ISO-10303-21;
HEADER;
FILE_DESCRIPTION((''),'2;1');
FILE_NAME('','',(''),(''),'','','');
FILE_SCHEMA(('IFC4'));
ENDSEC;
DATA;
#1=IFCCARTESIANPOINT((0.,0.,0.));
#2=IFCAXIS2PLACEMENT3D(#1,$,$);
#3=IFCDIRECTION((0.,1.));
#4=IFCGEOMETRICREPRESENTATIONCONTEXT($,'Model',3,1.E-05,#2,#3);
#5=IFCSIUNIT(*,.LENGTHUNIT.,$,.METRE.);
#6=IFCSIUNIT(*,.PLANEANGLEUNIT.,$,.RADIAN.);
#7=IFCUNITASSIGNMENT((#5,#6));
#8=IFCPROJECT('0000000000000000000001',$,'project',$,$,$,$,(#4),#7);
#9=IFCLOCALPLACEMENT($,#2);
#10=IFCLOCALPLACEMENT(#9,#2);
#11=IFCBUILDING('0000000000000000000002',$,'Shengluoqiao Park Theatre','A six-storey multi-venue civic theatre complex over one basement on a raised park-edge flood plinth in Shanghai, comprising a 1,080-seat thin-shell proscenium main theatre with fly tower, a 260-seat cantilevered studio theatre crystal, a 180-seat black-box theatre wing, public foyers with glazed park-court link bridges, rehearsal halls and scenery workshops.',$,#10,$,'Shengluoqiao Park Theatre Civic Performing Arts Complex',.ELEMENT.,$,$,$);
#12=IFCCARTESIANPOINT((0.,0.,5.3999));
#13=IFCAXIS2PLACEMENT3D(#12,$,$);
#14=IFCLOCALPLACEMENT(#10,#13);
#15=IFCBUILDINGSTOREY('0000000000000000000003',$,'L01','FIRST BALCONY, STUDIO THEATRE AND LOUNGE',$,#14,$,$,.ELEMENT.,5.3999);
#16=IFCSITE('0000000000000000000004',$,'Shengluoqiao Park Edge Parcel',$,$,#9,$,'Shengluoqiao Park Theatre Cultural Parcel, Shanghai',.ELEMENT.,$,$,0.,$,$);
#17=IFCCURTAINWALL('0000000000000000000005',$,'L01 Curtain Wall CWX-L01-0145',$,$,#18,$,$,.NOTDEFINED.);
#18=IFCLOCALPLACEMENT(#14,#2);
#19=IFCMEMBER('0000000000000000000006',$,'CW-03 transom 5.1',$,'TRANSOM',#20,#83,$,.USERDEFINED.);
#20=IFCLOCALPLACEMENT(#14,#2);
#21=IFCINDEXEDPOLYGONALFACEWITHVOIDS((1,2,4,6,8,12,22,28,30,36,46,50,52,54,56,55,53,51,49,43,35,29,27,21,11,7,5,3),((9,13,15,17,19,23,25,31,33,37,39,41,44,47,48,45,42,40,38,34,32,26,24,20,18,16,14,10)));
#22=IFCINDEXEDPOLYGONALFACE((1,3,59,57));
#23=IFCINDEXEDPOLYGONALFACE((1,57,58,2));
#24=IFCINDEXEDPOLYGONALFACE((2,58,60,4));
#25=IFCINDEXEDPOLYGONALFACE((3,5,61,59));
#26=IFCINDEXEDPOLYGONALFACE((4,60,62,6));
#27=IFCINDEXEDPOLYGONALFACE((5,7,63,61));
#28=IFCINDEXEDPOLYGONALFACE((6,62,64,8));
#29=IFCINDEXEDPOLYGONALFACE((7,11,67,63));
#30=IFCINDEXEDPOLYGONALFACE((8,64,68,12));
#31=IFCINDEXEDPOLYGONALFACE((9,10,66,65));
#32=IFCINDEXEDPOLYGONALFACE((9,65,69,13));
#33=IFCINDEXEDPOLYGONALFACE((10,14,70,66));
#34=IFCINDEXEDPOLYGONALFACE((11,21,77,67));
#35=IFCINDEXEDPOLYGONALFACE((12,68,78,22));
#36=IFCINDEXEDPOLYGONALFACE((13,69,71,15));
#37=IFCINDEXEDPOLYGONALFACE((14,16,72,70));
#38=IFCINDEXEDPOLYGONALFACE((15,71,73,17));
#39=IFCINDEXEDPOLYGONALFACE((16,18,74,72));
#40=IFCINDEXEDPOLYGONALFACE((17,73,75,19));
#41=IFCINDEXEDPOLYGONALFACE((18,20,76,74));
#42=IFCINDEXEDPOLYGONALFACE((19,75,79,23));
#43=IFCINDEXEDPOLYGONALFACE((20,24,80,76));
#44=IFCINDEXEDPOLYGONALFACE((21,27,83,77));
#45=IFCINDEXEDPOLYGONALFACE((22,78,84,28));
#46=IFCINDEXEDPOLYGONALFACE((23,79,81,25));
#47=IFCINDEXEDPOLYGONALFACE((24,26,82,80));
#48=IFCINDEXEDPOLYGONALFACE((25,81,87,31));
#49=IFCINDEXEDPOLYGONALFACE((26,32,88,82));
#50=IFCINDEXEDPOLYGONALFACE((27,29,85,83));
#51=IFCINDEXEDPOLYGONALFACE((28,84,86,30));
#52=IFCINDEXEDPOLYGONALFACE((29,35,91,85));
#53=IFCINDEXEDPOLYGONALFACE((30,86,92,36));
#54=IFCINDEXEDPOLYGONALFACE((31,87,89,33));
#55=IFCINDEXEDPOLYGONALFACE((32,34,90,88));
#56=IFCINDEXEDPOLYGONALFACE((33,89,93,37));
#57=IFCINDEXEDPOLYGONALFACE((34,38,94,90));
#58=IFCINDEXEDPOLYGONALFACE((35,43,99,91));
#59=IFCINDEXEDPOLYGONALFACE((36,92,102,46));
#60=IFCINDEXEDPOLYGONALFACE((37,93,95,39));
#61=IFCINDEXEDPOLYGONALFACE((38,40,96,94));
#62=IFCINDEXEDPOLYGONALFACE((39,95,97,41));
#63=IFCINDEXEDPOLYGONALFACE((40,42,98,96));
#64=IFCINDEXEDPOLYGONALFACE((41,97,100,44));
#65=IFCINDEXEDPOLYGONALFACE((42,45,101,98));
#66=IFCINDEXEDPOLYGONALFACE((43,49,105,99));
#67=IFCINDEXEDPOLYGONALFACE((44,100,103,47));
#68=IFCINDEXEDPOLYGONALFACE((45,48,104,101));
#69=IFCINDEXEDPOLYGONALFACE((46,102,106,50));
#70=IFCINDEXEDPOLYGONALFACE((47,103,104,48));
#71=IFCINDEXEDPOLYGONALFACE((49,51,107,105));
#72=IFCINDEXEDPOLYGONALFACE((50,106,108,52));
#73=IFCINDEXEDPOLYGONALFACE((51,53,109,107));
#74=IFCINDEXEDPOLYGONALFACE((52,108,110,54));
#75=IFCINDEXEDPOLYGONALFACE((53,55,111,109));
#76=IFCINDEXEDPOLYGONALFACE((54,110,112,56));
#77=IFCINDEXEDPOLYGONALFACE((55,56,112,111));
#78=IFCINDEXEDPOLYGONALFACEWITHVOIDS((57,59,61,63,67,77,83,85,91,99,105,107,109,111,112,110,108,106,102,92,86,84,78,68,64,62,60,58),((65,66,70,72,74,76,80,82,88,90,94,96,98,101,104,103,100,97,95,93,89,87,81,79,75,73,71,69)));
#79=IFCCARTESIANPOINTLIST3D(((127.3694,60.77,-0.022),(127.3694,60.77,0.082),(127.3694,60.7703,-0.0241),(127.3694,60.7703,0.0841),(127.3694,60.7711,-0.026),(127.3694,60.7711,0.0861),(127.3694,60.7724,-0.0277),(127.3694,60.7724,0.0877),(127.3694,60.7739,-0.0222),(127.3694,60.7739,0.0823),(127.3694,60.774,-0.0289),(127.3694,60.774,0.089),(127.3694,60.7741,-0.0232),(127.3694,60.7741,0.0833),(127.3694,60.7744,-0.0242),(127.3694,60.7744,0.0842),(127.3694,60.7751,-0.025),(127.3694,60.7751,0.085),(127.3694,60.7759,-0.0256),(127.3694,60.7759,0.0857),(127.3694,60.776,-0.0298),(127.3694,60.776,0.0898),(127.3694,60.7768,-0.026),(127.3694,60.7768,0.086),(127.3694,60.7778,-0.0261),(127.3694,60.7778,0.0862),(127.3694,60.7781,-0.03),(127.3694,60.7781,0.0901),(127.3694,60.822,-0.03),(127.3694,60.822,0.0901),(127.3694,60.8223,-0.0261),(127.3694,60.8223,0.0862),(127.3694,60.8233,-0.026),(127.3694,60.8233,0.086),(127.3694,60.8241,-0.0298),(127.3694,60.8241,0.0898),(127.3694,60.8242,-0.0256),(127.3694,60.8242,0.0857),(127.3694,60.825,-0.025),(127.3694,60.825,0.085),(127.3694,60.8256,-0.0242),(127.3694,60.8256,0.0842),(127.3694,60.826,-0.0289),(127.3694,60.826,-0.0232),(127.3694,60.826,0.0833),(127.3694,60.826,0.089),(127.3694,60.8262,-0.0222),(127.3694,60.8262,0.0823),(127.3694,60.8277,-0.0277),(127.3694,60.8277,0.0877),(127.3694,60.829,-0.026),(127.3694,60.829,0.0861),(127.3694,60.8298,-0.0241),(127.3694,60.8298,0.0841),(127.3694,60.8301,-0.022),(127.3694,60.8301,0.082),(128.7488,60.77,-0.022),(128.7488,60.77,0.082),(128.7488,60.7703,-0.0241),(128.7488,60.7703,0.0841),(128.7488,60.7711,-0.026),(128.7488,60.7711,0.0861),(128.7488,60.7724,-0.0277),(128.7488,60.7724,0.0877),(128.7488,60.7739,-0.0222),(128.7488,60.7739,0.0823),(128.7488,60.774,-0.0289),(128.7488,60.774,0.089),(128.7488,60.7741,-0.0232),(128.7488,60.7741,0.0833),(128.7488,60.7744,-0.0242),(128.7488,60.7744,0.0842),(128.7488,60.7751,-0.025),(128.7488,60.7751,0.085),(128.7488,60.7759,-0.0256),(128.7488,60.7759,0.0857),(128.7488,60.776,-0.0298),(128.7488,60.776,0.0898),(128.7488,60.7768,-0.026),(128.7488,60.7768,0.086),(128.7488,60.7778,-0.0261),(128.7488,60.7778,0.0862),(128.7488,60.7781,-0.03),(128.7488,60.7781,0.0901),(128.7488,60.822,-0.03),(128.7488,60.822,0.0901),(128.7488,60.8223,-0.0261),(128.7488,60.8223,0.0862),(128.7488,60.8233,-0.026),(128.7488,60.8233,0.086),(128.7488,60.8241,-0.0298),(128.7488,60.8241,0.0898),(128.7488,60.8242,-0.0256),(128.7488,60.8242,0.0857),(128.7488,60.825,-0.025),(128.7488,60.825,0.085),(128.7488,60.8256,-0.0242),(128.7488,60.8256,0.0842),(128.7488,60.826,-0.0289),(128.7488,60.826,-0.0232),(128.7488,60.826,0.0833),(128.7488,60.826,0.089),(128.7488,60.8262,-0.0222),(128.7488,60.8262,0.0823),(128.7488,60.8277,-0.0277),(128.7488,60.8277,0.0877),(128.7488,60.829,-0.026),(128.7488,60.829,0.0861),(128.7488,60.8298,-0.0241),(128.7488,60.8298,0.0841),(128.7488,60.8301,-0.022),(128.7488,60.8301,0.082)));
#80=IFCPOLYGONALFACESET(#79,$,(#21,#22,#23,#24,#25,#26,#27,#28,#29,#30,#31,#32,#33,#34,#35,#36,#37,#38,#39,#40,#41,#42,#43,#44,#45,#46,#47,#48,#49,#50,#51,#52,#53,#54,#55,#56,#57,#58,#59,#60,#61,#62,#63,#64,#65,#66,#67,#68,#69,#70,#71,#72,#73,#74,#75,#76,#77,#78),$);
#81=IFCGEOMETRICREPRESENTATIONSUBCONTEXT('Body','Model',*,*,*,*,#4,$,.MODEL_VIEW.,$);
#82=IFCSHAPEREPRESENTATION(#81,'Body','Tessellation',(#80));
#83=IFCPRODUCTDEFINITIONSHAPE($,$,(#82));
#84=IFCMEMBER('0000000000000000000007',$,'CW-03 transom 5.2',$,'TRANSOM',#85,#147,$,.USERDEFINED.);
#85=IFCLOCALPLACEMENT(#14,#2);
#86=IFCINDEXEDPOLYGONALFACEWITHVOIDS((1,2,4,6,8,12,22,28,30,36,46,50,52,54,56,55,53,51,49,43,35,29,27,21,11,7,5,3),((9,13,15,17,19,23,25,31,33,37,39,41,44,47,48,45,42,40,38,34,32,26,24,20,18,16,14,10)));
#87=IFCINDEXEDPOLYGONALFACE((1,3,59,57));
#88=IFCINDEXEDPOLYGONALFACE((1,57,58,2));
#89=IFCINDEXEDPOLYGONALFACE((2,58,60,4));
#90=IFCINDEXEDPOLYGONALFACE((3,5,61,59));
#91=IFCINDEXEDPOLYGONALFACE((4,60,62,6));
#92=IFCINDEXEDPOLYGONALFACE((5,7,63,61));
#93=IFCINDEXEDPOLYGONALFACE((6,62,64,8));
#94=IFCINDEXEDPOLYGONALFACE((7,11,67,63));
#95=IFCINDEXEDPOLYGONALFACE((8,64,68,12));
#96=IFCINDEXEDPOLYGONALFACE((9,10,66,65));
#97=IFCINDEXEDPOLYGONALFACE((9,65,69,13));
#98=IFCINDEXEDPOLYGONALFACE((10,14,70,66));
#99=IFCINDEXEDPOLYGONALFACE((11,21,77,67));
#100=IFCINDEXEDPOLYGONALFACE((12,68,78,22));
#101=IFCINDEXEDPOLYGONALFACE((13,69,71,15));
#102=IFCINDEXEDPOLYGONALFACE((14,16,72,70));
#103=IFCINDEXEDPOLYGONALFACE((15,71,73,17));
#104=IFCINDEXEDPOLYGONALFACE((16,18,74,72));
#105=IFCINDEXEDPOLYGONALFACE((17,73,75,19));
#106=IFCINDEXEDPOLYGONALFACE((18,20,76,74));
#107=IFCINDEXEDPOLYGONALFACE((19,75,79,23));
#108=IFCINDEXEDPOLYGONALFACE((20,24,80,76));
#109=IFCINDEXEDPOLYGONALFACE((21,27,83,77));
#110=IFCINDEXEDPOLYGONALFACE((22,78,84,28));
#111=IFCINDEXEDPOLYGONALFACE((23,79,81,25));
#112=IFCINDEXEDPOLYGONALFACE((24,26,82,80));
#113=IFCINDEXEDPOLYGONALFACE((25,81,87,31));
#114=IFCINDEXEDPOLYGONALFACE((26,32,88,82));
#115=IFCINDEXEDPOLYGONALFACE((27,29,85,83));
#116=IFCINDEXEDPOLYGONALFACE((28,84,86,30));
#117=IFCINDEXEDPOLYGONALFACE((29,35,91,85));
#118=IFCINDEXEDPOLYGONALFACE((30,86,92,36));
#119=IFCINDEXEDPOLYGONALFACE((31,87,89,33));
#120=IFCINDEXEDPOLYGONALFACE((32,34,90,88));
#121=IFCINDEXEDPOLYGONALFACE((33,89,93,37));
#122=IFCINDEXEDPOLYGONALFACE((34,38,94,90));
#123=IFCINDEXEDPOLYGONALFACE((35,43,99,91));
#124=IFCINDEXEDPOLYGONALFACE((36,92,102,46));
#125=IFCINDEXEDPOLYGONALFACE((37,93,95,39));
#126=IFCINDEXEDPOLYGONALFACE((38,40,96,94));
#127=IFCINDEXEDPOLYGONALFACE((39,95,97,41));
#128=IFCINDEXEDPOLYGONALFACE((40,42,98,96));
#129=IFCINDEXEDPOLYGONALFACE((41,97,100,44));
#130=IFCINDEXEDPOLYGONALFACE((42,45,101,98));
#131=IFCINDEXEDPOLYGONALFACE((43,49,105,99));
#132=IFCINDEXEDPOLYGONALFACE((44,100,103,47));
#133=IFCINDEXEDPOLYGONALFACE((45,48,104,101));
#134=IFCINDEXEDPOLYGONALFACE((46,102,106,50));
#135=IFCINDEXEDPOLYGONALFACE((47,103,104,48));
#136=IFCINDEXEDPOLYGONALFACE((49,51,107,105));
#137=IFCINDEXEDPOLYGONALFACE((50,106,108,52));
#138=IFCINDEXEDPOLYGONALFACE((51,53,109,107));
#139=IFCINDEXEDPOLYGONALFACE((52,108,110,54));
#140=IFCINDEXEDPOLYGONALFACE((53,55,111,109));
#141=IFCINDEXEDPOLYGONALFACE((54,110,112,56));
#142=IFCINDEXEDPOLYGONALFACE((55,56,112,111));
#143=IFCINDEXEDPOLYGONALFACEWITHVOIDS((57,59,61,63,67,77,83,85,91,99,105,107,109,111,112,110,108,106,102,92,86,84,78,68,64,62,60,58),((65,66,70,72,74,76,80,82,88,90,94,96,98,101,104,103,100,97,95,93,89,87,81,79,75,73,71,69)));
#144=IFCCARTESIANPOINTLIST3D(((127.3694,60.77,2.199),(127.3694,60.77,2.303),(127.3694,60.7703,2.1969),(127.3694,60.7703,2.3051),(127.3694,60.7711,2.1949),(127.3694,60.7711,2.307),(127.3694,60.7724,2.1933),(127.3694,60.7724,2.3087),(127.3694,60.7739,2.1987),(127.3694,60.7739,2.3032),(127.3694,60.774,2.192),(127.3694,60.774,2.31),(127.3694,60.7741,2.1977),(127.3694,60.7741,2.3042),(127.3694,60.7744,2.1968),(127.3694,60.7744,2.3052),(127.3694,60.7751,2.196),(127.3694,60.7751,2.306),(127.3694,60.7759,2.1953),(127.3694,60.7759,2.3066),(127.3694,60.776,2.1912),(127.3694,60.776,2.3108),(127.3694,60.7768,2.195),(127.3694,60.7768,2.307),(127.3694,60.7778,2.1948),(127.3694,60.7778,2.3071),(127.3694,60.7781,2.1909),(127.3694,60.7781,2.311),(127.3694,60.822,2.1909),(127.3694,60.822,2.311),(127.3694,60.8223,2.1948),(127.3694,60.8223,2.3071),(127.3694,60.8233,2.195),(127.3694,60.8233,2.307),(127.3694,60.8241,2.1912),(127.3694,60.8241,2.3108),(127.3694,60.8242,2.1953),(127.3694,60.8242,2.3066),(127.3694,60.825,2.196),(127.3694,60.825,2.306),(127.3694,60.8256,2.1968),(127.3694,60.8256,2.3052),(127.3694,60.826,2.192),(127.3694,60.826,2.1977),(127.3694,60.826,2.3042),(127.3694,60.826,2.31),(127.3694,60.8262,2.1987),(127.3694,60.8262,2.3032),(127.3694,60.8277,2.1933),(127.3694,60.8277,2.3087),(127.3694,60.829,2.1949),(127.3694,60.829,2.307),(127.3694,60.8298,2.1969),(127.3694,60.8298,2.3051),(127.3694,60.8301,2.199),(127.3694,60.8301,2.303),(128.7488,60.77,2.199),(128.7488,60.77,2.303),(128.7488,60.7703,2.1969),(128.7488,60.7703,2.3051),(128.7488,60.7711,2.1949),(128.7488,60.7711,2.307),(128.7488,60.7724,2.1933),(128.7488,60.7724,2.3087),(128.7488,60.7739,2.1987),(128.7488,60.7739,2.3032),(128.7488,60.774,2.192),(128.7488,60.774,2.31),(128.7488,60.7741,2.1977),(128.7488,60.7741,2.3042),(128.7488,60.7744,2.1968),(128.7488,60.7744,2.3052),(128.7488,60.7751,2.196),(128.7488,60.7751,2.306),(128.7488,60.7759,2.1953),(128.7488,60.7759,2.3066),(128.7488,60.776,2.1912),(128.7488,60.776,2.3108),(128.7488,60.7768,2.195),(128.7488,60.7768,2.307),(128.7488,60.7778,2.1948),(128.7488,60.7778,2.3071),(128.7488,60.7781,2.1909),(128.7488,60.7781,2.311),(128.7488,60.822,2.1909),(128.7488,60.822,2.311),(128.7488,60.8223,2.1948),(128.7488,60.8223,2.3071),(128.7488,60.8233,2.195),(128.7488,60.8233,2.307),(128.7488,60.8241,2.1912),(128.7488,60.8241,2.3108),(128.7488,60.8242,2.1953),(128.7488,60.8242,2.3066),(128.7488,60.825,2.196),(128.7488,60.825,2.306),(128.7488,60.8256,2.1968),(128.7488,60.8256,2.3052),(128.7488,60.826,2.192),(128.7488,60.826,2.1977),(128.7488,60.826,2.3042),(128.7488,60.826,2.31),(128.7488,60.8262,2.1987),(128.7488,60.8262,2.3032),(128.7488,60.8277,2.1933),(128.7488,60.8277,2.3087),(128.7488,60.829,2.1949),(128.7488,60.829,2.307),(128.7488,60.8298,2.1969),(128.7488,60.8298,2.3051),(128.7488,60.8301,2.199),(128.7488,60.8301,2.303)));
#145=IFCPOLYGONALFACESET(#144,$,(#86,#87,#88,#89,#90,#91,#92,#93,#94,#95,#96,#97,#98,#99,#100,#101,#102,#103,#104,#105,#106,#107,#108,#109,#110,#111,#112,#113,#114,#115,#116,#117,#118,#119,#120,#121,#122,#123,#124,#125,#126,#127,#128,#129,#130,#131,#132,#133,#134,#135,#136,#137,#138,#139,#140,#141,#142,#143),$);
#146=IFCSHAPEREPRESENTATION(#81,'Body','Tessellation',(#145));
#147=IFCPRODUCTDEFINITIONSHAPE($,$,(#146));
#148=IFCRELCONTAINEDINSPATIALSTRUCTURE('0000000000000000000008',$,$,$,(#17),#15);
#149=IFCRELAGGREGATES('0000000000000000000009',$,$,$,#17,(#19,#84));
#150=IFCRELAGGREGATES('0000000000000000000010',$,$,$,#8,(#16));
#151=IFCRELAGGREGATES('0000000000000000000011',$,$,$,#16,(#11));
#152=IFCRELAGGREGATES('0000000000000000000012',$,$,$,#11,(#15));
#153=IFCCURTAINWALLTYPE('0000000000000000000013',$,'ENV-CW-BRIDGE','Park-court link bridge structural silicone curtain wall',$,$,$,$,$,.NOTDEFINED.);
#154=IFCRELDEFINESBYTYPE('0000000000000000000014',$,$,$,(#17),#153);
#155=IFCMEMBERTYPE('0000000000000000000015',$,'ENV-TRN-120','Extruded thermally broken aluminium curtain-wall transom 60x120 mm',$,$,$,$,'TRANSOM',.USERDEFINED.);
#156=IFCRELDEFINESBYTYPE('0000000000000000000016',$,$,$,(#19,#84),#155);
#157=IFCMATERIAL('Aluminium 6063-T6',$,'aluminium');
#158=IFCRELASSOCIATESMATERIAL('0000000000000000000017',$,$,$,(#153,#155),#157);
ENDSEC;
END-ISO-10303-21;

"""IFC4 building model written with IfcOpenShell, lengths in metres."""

from ifc_helpers import new_model, si_unit, direction, frame, origin, origin_2d, place, context, subcontext, project, spatial, hollow_rectangle, extrude, material, material_profile, profile_set, type_object, element, aggregate, save


model = new_model("IFC4")

# Units and contexts
model_context = context("Model", 3, precision=1e-05, world=origin(), true_north=direction((0.0, 1.0)))
body_context = subcontext(model_context, "Body", "Model", "MODEL_VIEW")
ifc_project = project(units=[si_unit("LENGTHUNIT", "METRE"), si_unit("PLANEANGLEUNIT", "RADIAN")], contexts=[model_context])

# Site, building, storey
site_placement = place(None, origin())
site = spatial("IfcSite", under=ifc_project, at=site_placement, Name="Shengluoqiao Park Edge Parcel", LongName="Shengluoqiao Park Theatre Cultural Parcel, Shanghai", CompositionType="ELEMENT", RefElevation=0.0)
building_placement = place(site_placement, origin())
building = spatial("IfcBuilding", under=site, at=building_placement, Name="Shengluoqiao Park Theatre", Description="A six-storey multi-venue civic theatre complex over one basement on a raised park-edge flood plinth in Shanghai, comprising a 1,080-seat thin-shell proscenium main theatre with fly tower, a 260-seat cantilevered studio theatre crystal, a 180-seat black-box theatre wing, public foyers with glazed park-court link bridges, rehearsal halls and scenery workshops.", LongName="Shengluoqiao Park Theatre Civic Performing Arts Complex", CompositionType="ELEMENT")
storey_placement = place(building_placement, frame((0.0, 0.0, 5.3999)))
storey = spatial("IfcBuildingStorey", under=building, at=storey_placement, Name="L01", Description="FIRST BALCONY, STUDIO THEATRE AND LOUNGE", CompositionType="ELEMENT", Elevation=5.3999)

# Curtain wall, members
ifc_material_1 = material(Name="Aluminium 6063-T6", Category="aluminium")
curtain_wall_type = type_object("IfcCurtainWallType", Name="ENV-CW-BRIDGE", Description="Park-court link bridge structural silicone curtain wall", PredefinedType="NOTDEFINED", material=ifc_material_1)
curtain_wall_placement = place(storey_placement, origin())
curtain_wall = element("IfcCurtainWall", 1, at=curtain_wall_placement, inside=storey, type_object=curtain_wall_type, Name="L01 Curtain Wall CWX-L01-0145", PredefinedType="NOTDEFINED")
ifc_material_profile_1 = material_profile(ifc_material_1, hollow_rectangle(XDim=0.0601, YDim=0.1201, WallThickness=0.0039, InnerFilletRadius=0.0039, OuterFilletRadius=0.0081, at=origin_2d()), Name="ALU TRANSOM 120x60x4")
ifc_profile_set_1 = profile_set([ifc_material_profile_1], Name="Aluminium 6063-T6")
member_type_1 = type_object("IfcMemberType", Name="ENV-TRN-120", Description="Extruded thermally broken aluminium curtain-wall transom 60x120 mm", ElementType="TRANSOM", PredefinedType="USERDEFINED", material=ifc_profile_set_1)
member_1_placement = place(storey_placement, frame((127.3694, 60.8, 0.03), z_axis=(1.0, 0.0, 0.0), x_axis=(0.0, 1.0, 0.0)))
member_1 = element("IfcMember", 2, at=member_1_placement, type_object=member_type_1, Name="CW-03 transom 5.1", ObjectType="TRANSOM", PredefinedType="USERDEFINED", context=body_context, shape_type="SweptSolid", body=[
    extrude(hollow_rectangle(XDim=0.0601, YDim=0.1201, WallThickness=0.0039, InnerFilletRadius=0.0039, OuterFilletRadius=0.0081, at=origin_2d()), origin(), (0.0, 0.0, 1.0), 1.3794),
])
member_2_placement = place(storey_placement, frame((127.3694, 60.8, 2.251), z_axis=(1.0, 0.0, 0.0), x_axis=(0.0, 1.0, 0.0)))
member_2 = element("IfcMember", 3, at=member_2_placement, type_object=member_type_1, Name="CW-03 transom 5.2", ObjectType="TRANSOM", PredefinedType="USERDEFINED", context=body_context, shape_type="SweptSolid", body=[
    extrude(hollow_rectangle(XDim=0.0601, YDim=0.1201, WallThickness=0.0039, InnerFilletRadius=0.0039, OuterFilletRadius=0.0081, at=origin_2d()), origin(), (0.0, 0.0, 1.0), 1.3794),
])

aggregate(curtain_wall, [member_1, member_2])

save(model, "model.ifc")
